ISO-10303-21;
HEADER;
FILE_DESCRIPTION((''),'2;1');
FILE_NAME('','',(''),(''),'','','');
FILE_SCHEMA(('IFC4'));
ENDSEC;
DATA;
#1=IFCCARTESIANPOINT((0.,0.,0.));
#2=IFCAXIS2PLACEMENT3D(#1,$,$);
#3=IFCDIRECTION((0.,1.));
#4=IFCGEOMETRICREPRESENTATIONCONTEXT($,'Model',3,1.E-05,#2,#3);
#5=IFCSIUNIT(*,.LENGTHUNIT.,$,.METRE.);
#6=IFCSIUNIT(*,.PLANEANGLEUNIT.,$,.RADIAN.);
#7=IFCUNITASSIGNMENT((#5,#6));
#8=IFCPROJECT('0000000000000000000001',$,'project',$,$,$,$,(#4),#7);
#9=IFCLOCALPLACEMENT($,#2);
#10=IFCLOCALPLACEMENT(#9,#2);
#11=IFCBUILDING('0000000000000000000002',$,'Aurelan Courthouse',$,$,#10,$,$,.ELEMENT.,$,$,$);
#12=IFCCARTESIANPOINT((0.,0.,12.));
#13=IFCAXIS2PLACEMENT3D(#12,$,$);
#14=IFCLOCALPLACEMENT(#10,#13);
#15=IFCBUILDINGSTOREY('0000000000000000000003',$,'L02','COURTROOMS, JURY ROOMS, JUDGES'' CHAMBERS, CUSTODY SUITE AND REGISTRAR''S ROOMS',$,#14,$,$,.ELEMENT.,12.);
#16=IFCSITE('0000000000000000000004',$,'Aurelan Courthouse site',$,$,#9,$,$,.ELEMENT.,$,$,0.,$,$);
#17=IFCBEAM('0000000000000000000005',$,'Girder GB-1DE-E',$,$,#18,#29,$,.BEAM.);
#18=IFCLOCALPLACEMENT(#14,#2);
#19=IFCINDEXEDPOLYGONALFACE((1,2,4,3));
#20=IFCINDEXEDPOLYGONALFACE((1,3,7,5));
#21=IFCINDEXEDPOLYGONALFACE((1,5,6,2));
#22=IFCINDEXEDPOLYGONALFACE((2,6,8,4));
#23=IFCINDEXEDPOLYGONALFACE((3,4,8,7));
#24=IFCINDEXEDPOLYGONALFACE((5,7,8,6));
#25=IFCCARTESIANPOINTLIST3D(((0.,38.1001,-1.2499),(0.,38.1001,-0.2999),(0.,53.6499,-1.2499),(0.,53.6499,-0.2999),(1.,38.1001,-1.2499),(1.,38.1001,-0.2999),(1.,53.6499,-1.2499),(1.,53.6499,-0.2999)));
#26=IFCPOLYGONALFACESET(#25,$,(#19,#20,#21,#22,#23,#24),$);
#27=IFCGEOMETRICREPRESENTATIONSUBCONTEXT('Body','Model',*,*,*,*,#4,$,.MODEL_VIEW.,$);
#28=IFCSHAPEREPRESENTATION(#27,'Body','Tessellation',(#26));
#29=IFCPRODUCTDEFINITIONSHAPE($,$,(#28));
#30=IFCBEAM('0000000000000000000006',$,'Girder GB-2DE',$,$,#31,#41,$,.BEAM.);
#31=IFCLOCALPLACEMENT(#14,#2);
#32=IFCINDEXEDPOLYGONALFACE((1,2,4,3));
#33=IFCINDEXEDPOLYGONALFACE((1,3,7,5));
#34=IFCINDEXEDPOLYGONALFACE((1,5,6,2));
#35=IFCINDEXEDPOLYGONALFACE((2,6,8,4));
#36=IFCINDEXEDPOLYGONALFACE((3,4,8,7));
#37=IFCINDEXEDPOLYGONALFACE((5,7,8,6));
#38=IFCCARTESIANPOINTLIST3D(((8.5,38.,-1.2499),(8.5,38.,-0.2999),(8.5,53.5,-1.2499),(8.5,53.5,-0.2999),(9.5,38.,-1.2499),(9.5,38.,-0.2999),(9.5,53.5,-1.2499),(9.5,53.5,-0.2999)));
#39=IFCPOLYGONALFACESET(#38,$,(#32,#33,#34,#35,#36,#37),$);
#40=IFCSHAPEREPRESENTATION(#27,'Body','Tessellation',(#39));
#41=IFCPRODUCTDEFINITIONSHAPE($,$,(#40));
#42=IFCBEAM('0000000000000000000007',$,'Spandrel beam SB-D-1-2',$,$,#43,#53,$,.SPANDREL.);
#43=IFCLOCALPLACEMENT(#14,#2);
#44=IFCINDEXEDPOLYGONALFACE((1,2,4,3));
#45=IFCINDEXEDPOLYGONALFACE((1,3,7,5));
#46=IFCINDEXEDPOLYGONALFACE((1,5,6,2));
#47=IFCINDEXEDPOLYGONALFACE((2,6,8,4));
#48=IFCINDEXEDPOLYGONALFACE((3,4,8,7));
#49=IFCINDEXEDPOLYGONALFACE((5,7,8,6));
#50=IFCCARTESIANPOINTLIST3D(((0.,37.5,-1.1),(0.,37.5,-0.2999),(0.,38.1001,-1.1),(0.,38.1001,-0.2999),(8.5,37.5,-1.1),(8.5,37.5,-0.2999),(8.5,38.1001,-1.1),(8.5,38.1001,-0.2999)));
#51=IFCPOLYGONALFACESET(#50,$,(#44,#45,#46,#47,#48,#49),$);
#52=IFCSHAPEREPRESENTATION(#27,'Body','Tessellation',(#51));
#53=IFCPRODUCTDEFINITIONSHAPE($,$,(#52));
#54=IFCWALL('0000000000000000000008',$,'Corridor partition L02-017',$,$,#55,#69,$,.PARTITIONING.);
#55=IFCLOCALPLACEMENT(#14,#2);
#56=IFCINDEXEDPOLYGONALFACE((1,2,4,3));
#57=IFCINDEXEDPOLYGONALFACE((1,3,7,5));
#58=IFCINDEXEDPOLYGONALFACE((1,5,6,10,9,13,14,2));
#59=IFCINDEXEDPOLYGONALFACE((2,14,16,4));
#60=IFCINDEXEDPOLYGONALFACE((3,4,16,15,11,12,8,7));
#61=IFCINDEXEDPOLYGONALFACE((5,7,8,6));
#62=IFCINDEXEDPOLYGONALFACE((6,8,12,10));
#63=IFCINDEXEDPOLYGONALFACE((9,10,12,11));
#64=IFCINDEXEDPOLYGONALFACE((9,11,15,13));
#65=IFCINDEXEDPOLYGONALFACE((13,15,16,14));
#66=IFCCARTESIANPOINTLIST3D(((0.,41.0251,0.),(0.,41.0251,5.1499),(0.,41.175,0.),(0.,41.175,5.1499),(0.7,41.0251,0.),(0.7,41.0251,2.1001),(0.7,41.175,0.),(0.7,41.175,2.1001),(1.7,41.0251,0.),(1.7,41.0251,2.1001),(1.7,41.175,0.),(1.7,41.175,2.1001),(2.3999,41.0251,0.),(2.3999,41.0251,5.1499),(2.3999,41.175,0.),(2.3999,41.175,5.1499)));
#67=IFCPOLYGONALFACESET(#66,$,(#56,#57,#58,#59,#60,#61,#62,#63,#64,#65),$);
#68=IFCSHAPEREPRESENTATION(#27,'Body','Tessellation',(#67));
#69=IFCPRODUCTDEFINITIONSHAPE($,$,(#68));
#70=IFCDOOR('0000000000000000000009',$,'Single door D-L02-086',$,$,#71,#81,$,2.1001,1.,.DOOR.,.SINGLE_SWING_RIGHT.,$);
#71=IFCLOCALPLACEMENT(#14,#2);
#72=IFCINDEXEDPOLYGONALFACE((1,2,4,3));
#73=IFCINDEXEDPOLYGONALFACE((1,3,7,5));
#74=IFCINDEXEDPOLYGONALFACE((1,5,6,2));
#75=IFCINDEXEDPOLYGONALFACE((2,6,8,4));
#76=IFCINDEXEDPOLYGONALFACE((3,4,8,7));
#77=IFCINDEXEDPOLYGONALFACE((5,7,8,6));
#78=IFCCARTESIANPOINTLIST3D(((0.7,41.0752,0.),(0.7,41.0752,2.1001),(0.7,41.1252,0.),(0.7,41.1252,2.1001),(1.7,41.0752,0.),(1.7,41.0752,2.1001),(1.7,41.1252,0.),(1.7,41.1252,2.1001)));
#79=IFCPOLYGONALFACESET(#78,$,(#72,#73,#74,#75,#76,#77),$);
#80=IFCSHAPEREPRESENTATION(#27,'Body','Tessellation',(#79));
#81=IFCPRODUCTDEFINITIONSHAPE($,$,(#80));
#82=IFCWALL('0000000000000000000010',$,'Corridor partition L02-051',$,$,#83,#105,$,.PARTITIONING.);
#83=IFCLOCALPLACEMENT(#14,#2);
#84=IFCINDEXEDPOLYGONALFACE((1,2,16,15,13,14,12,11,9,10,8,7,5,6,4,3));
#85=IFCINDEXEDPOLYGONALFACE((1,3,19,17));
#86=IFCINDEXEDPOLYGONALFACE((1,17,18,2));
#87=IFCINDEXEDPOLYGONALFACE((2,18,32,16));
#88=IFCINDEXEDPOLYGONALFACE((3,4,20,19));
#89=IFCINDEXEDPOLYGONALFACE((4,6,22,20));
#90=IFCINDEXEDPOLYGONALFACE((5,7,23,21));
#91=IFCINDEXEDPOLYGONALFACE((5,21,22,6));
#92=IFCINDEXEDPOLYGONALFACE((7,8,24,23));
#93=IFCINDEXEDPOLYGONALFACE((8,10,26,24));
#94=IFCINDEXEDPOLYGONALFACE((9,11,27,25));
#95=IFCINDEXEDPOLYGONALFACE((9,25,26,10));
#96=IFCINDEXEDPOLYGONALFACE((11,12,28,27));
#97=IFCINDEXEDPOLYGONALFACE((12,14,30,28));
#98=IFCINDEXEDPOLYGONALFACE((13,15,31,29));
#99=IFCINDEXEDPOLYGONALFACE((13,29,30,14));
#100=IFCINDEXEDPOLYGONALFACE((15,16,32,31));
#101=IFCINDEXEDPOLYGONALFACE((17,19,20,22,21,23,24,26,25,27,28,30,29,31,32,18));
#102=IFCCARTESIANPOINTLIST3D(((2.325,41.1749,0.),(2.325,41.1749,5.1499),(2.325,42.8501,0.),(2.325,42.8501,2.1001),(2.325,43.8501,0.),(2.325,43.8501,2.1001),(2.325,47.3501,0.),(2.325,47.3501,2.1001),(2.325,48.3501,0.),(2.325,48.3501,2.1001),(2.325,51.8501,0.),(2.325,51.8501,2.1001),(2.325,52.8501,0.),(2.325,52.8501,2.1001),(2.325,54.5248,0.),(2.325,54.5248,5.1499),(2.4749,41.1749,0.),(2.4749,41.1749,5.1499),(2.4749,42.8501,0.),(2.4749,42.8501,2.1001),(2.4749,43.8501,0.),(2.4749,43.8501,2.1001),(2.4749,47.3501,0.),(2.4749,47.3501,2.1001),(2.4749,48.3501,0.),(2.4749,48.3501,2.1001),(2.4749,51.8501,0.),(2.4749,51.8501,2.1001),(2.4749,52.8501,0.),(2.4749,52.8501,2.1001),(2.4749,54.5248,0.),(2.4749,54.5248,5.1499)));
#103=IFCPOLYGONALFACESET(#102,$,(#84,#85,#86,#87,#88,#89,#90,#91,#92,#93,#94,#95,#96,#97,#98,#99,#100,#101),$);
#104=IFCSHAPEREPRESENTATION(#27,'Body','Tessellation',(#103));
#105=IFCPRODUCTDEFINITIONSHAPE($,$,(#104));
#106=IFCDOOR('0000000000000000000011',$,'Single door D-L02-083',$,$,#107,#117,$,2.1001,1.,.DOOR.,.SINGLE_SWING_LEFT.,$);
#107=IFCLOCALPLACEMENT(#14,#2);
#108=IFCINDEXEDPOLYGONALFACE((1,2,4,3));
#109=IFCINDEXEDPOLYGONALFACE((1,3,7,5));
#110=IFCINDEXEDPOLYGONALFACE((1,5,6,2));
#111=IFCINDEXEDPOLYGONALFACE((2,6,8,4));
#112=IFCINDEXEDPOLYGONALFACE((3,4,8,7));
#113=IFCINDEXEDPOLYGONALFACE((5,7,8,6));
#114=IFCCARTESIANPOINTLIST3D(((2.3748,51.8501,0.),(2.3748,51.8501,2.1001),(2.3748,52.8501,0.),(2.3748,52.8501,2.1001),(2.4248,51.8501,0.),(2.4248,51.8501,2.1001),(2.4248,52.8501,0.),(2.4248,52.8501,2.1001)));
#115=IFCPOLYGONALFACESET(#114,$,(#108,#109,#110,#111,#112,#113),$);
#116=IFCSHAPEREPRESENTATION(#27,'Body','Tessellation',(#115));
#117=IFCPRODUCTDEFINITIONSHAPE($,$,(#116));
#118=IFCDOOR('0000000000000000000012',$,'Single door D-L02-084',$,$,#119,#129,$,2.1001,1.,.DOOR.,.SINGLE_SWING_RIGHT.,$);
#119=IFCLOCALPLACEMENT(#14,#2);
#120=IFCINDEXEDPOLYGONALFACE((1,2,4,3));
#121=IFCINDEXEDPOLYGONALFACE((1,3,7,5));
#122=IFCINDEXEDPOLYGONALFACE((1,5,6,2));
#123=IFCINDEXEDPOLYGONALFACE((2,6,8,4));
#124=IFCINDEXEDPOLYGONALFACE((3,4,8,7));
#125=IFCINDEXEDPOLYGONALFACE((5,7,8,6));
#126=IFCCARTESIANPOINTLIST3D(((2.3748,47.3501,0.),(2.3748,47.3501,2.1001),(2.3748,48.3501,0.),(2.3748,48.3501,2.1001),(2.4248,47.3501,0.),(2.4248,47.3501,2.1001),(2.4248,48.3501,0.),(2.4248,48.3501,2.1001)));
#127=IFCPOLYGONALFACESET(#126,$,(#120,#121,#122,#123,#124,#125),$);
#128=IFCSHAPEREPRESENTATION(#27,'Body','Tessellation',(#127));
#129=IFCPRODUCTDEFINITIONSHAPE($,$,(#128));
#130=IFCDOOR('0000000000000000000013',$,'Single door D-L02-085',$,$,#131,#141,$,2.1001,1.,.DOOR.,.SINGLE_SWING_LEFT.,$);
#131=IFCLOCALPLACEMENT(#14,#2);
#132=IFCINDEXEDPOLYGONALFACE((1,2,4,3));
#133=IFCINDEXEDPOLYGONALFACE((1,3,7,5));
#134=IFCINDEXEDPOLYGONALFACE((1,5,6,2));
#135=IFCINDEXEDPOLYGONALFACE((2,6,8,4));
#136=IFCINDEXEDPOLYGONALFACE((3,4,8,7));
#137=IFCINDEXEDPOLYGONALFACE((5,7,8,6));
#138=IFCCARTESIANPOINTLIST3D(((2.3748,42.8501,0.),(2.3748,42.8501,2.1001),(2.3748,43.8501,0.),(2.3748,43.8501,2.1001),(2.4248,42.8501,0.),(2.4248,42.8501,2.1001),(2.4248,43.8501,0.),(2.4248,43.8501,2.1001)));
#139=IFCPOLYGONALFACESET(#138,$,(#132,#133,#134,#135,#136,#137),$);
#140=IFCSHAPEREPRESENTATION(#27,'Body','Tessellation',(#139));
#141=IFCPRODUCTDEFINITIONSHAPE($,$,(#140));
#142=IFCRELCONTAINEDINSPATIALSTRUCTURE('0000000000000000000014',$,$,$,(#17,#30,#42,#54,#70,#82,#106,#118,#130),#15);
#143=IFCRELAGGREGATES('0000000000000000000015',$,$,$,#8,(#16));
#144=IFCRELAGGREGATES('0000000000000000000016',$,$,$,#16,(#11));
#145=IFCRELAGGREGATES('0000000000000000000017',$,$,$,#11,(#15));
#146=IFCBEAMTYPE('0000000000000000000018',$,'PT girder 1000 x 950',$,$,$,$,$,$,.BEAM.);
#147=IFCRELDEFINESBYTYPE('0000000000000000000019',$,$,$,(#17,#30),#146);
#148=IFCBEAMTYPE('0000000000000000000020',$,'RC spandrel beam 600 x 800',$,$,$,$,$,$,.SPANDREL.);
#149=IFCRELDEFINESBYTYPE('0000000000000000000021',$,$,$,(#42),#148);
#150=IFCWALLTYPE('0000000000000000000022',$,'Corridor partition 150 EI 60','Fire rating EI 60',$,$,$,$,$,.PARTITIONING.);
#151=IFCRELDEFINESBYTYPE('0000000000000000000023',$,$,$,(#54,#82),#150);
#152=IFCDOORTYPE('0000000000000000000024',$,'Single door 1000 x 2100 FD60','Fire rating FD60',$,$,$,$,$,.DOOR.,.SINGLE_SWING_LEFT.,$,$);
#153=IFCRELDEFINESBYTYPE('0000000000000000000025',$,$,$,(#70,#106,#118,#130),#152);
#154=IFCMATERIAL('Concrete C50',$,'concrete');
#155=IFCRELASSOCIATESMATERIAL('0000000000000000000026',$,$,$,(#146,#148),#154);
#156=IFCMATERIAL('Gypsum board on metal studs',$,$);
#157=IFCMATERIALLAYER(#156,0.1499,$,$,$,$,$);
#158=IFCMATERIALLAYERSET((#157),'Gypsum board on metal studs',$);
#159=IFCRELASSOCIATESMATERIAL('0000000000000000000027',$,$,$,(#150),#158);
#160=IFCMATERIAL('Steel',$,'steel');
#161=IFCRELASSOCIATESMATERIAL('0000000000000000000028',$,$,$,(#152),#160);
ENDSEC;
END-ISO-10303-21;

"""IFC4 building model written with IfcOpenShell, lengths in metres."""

from ifc_helpers import new_model, si_unit, direction, frame, frame_2d, origin, origin_2d, place, context, subcontext, project, spatial, rectangle, extrude, material, layer, layer_set, material_profile, profile_set, type_object, element, fill, save


model = new_model("IFC4")

# Units and contexts
model_context = context("Model", 3, precision=1e-05, world=origin(), true_north=direction((0.0, 1.0)))
body_context = subcontext(model_context, "Body", "Model", "MODEL_VIEW")
ifc_project = project(units=[si_unit("LENGTHUNIT", "METRE"), si_unit("PLANEANGLEUNIT", "RADIAN")], contexts=[model_context])

# Site, building, storey
site_placement = place(None, origin())
site = spatial("IfcSite", under=ifc_project, at=site_placement, Name="Aurelan Courthouse site", CompositionType="ELEMENT", RefElevation=0.0)
building_placement = place(site_placement, origin())
building = spatial("IfcBuilding", under=site, at=building_placement, Name="Aurelan Courthouse", CompositionType="ELEMENT")
storey_placement = place(building_placement, frame((0.0, 0.0, 12.0)))
storey = spatial("IfcBuildingStorey", under=building, at=storey_placement, Name="L02", Description="COURTROOMS, JURY ROOMS, JUDGES' CHAMBERS, CUSTODY SUITE AND REGISTRAR'S ROOMS", CompositionType="ELEMENT", Elevation=12.0)

# Beams
ifc_material_1 = material(Name="Concrete C50", Category="concrete")
ifc_material_profile_1 = material_profile(ifc_material_1, rectangle(XDim=1.0, YDim=0.95, at=origin_2d()), Name="RC 1000 x 950")
ifc_profile_set_1 = profile_set([ifc_material_profile_1], Name="Concrete C50")
beam_type_1 = type_object("IfcBeamType", Name="PT girder 1000 x 950", PredefinedType="BEAM", material=ifc_profile_set_1)
beam_1_placement = place(storey_placement, frame((0.5, 38.1001, -0.7749), z_axis=(0.0, 1.0, 0.0), x_axis=(-1.0, 0.0, 0.0)))
element("IfcBeam", 1, at=beam_1_placement, inside=storey, type_object=beam_type_1, Name="Girder GB-1DE-E", PredefinedType="BEAM", context=body_context, shape_type="SweptSolid", body=[
    extrude(rectangle(XDim=1.0, YDim=0.95, at=origin_2d()), origin(), (0.0, 0.0, 1.0), 15.5498),
])
beam_2_placement = place(storey_placement, frame((9.0, 38.0, -0.7749), z_axis=(0.0, 1.0, 0.0), x_axis=(-1.0, 0.0, 0.0)))
element("IfcBeam", 2, at=beam_2_placement, inside=storey, type_object=beam_type_1, Name="Girder GB-2DE", PredefinedType="BEAM", context=body_context, shape_type="SweptSolid", body=[
    extrude(rectangle(XDim=1.0, YDim=0.95, at=origin_2d()), origin(), (0.0, 0.0, 1.0), 15.5),
])
ifc_material_profile_2 = material_profile(ifc_material_1, rectangle(XDim=0.6001, YDim=0.8, at=origin_2d()), Name="RC 600 x 800")
ifc_profile_set_2 = profile_set([ifc_material_profile_2], Name="Concrete C50")
beam_type_2 = type_object("IfcBeamType", Name="RC spandrel beam 600 x 800", PredefinedType="SPANDREL", material=ifc_profile_set_2)
beam_3_placement = place(storey_placement, frame((0.0, 37.8, -0.7), z_axis=(1.0, 0.0, 0.0), x_axis=(0.0, 1.0, 0.0)))
element("IfcBeam", 3, at=beam_3_placement, inside=storey, type_object=beam_type_2, Name="Spandrel beam SB-D-1-2", PredefinedType="SPANDREL", context=body_context, shape_type="SweptSolid", body=[
    extrude(rectangle(XDim=0.6001, YDim=0.8, at=origin_2d()), origin(), (0.0, 0.0, 1.0), 8.5),
])

# Wall, opening, door
ifc_material_2 = material(Name="Gypsum board on metal studs")
ifc_layer_1 = layer(ifc_material_2, 0.1499)
ifc_layer_set_1 = layer_set([ifc_layer_1], Name="Gypsum board on metal studs")
wall_type_1 = type_object("IfcWallType", Name="Corridor partition 150 EI 60", Description="Fire rating EI 60", PredefinedType="PARTITIONING", material=ifc_layer_set_1)
wall_1_placement = place(storey_placement, frame((0.0, 41.1001, 0.0), z_axis=(0.0, 0.0, 1.0), x_axis=(1.0, 0.0, 0.0)))
wall_1 = element("IfcWall", 4, at=wall_1_placement, inside=storey, type_object=wall_type_1, Name="Corridor partition L02-017", PredefinedType="PARTITIONING", context=body_context, shape_type="SweptSolid", body=[
    extrude(rectangle(XDim=2.3999, YDim=0.1499, at=frame_2d((1.2, 0.0))), origin(), (0.0, 0.0, 1.0), 5.1499),
])
opening_1_placement = place(wall_1_placement, frame((1.7, 0.0, 0.0), z_axis=(0.0, 0.0, 1.0), x_axis=(-1.0, 0.0, 0.0)))
opening_1 = element("IfcOpeningElement", 5, at=opening_1_placement, cuts=wall_1, PredefinedType="OPENING", context=body_context, shape_type="SweptSolid", body=[
    extrude(rectangle(XDim=1.0, YDim=2.1001, at=frame_2d((0.5, 1.05))), frame((0.0, 0.085, 0.0), z_axis=(0.0, -1.0, 0.0), x_axis=(1.0, 0.0, 0.0)), (0.0, 0.0, 1.0), 0.1699),
])
ifc_material_3 = material(Name="Steel", Category="steel")
door_type = type_object("IfcDoorType", Name="Single door 1000 x 2100 FD60", Description="Fire rating FD60", OperationType="SINGLE_SWING_LEFT", PredefinedType="DOOR", material=ifc_material_3)
door_1_placement = place(opening_1_placement, origin())
door_1 = element("IfcDoor", 6, at=door_1_placement, inside=storey, type_object=door_type, Name="Single door D-L02-086", OperationType="SINGLE_SWING_RIGHT", OverallHeight=2.1001, OverallWidth=1.0, PredefinedType="DOOR", context=body_context, shape_type="SweptSolid", body=[
    extrude(rectangle(XDim=1.0, YDim=2.1001, at=frame_2d((0.5, 1.05))), frame((0.0, 0.0249, 0.0), z_axis=(0.0, -1.0, 0.0), x_axis=(1.0, 0.0, 0.0)), (0.0, 0.0, 1.0), 0.05),
])
fill(opening_1, door_1)

# Wall, openings, doors
wall_2_placement = place(storey_placement, frame((2.3999, 41.175, 0.0), z_axis=(0.0, 0.0, 1.0), x_axis=(0.0, 1.0, 0.0)))
wall_2 = element("IfcWall", 7, at=wall_2_placement, inside=storey, type_object=wall_type_1, Name="Corridor partition L02-051", PredefinedType="PARTITIONING", context=body_context, shape_type="SweptSolid", body=[
    extrude(rectangle(XDim=13.3499, YDim=0.1499, at=frame_2d((6.6748, 0.0))), origin(), (0.0, 0.0, 1.0), 5.1499),
])
opening_2_placement = place(wall_2_placement, frame((11.675, 0.0, 0.0), z_axis=(0.0, 0.0, 1.0), x_axis=(-1.0, 0.0, 0.0)))
opening_2 = element("IfcOpeningElement", 8, at=opening_2_placement, cuts=wall_2, PredefinedType="OPENING", context=body_context, shape_type="SweptSolid", body=[
    extrude(rectangle(XDim=1.0, YDim=2.1001, at=frame_2d((0.5, 1.05))), frame((0.0, 0.085, 0.0), z_axis=(0.0, -1.0, 0.0), x_axis=(1.0, 0.0, 0.0)), (0.0, 0.0, 1.0), 0.1699),
])
opening_3_placement = place(wall_2_placement, frame((7.175, 0.0, 0.0), z_axis=(0.0, 0.0, 1.0), x_axis=(-1.0, 0.0, 0.0)))
opening_3 = element("IfcOpeningElement", 9, at=opening_3_placement, cuts=wall_2, PredefinedType="OPENING", context=body_context, shape_type="SweptSolid", body=[
    extrude(rectangle(XDim=1.0, YDim=2.1001, at=frame_2d((0.5, 1.05))), frame((0.0, 0.085, 0.0), z_axis=(0.0, -1.0, 0.0), x_axis=(1.0, 0.0, 0.0)), (0.0, 0.0, 1.0), 0.1699),
])
opening_4_placement = place(wall_2_placement, frame((2.675, 0.0, 0.0), z_axis=(0.0, 0.0, 1.0), x_axis=(-1.0, 0.0, 0.0)))
opening_4 = element("IfcOpeningElement", 10, at=opening_4_placement, cuts=wall_2, PredefinedType="OPENING", context=body_context, shape_type="SweptSolid", body=[
    extrude(rectangle(XDim=1.0, YDim=2.1001, at=frame_2d((0.5, 1.05))), frame((0.0, 0.085, 0.0), z_axis=(0.0, -1.0, 0.0), x_axis=(1.0, 0.0, 0.0)), (0.0, 0.0, 1.0), 0.1699),
])
door_2_placement = place(opening_2_placement, origin())
door_2 = element("IfcDoor", 11, at=door_2_placement, inside=storey, type_object=door_type, Name="Single door D-L02-083", OperationType="SINGLE_SWING_LEFT", OverallHeight=2.1001, OverallWidth=1.0, PredefinedType="DOOR", context=body_context, shape_type="SweptSolid", body=[
    extrude(rectangle(XDim=1.0, YDim=2.1001, at=frame_2d((0.5, 1.05))), frame((0.0, 0.0249, 0.0), z_axis=(0.0, -1.0, 0.0), x_axis=(1.0, 0.0, 0.0)), (0.0, 0.0, 1.0), 0.05),
])
fill(opening_2, door_2)
door_3_placement = place(opening_3_placement, origin())
door_3 = element("IfcDoor", 12, at=door_3_placement, inside=storey, type_object=door_type, Name="Single door D-L02-084", OperationType="SINGLE_SWING_RIGHT", OverallHeight=2.1001, OverallWidth=1.0, PredefinedType="DOOR", context=body_context, shape_type="SweptSolid", body=[
    extrude(rectangle(XDim=1.0, YDim=2.1001, at=frame_2d((0.5, 1.05))), frame((0.0, 0.0249, 0.0), z_axis=(0.0, -1.0, 0.0), x_axis=(1.0, 0.0, 0.0)), (0.0, 0.0, 1.0), 0.05),
])
fill(opening_3, door_3)
door_4_placement = place(opening_4_placement, origin())
door_4 = element("IfcDoor", 13, at=door_4_placement, inside=storey, type_object=door_type, Name="Single door D-L02-085", OperationType="SINGLE_SWING_LEFT", OverallHeight=2.1001, OverallWidth=1.0, PredefinedType="DOOR", context=body_context, shape_type="SweptSolid", body=[
    extrude(rectangle(XDim=1.0, YDim=2.1001, at=frame_2d((0.5, 1.05))), frame((0.0, 0.0249, 0.0), z_axis=(0.0, -1.0, 0.0), x_axis=(1.0, 0.0, 0.0)), (0.0, 0.0, 1.0), 0.05),
])
fill(opening_4, door_4)

save(model, "model.ifc")
